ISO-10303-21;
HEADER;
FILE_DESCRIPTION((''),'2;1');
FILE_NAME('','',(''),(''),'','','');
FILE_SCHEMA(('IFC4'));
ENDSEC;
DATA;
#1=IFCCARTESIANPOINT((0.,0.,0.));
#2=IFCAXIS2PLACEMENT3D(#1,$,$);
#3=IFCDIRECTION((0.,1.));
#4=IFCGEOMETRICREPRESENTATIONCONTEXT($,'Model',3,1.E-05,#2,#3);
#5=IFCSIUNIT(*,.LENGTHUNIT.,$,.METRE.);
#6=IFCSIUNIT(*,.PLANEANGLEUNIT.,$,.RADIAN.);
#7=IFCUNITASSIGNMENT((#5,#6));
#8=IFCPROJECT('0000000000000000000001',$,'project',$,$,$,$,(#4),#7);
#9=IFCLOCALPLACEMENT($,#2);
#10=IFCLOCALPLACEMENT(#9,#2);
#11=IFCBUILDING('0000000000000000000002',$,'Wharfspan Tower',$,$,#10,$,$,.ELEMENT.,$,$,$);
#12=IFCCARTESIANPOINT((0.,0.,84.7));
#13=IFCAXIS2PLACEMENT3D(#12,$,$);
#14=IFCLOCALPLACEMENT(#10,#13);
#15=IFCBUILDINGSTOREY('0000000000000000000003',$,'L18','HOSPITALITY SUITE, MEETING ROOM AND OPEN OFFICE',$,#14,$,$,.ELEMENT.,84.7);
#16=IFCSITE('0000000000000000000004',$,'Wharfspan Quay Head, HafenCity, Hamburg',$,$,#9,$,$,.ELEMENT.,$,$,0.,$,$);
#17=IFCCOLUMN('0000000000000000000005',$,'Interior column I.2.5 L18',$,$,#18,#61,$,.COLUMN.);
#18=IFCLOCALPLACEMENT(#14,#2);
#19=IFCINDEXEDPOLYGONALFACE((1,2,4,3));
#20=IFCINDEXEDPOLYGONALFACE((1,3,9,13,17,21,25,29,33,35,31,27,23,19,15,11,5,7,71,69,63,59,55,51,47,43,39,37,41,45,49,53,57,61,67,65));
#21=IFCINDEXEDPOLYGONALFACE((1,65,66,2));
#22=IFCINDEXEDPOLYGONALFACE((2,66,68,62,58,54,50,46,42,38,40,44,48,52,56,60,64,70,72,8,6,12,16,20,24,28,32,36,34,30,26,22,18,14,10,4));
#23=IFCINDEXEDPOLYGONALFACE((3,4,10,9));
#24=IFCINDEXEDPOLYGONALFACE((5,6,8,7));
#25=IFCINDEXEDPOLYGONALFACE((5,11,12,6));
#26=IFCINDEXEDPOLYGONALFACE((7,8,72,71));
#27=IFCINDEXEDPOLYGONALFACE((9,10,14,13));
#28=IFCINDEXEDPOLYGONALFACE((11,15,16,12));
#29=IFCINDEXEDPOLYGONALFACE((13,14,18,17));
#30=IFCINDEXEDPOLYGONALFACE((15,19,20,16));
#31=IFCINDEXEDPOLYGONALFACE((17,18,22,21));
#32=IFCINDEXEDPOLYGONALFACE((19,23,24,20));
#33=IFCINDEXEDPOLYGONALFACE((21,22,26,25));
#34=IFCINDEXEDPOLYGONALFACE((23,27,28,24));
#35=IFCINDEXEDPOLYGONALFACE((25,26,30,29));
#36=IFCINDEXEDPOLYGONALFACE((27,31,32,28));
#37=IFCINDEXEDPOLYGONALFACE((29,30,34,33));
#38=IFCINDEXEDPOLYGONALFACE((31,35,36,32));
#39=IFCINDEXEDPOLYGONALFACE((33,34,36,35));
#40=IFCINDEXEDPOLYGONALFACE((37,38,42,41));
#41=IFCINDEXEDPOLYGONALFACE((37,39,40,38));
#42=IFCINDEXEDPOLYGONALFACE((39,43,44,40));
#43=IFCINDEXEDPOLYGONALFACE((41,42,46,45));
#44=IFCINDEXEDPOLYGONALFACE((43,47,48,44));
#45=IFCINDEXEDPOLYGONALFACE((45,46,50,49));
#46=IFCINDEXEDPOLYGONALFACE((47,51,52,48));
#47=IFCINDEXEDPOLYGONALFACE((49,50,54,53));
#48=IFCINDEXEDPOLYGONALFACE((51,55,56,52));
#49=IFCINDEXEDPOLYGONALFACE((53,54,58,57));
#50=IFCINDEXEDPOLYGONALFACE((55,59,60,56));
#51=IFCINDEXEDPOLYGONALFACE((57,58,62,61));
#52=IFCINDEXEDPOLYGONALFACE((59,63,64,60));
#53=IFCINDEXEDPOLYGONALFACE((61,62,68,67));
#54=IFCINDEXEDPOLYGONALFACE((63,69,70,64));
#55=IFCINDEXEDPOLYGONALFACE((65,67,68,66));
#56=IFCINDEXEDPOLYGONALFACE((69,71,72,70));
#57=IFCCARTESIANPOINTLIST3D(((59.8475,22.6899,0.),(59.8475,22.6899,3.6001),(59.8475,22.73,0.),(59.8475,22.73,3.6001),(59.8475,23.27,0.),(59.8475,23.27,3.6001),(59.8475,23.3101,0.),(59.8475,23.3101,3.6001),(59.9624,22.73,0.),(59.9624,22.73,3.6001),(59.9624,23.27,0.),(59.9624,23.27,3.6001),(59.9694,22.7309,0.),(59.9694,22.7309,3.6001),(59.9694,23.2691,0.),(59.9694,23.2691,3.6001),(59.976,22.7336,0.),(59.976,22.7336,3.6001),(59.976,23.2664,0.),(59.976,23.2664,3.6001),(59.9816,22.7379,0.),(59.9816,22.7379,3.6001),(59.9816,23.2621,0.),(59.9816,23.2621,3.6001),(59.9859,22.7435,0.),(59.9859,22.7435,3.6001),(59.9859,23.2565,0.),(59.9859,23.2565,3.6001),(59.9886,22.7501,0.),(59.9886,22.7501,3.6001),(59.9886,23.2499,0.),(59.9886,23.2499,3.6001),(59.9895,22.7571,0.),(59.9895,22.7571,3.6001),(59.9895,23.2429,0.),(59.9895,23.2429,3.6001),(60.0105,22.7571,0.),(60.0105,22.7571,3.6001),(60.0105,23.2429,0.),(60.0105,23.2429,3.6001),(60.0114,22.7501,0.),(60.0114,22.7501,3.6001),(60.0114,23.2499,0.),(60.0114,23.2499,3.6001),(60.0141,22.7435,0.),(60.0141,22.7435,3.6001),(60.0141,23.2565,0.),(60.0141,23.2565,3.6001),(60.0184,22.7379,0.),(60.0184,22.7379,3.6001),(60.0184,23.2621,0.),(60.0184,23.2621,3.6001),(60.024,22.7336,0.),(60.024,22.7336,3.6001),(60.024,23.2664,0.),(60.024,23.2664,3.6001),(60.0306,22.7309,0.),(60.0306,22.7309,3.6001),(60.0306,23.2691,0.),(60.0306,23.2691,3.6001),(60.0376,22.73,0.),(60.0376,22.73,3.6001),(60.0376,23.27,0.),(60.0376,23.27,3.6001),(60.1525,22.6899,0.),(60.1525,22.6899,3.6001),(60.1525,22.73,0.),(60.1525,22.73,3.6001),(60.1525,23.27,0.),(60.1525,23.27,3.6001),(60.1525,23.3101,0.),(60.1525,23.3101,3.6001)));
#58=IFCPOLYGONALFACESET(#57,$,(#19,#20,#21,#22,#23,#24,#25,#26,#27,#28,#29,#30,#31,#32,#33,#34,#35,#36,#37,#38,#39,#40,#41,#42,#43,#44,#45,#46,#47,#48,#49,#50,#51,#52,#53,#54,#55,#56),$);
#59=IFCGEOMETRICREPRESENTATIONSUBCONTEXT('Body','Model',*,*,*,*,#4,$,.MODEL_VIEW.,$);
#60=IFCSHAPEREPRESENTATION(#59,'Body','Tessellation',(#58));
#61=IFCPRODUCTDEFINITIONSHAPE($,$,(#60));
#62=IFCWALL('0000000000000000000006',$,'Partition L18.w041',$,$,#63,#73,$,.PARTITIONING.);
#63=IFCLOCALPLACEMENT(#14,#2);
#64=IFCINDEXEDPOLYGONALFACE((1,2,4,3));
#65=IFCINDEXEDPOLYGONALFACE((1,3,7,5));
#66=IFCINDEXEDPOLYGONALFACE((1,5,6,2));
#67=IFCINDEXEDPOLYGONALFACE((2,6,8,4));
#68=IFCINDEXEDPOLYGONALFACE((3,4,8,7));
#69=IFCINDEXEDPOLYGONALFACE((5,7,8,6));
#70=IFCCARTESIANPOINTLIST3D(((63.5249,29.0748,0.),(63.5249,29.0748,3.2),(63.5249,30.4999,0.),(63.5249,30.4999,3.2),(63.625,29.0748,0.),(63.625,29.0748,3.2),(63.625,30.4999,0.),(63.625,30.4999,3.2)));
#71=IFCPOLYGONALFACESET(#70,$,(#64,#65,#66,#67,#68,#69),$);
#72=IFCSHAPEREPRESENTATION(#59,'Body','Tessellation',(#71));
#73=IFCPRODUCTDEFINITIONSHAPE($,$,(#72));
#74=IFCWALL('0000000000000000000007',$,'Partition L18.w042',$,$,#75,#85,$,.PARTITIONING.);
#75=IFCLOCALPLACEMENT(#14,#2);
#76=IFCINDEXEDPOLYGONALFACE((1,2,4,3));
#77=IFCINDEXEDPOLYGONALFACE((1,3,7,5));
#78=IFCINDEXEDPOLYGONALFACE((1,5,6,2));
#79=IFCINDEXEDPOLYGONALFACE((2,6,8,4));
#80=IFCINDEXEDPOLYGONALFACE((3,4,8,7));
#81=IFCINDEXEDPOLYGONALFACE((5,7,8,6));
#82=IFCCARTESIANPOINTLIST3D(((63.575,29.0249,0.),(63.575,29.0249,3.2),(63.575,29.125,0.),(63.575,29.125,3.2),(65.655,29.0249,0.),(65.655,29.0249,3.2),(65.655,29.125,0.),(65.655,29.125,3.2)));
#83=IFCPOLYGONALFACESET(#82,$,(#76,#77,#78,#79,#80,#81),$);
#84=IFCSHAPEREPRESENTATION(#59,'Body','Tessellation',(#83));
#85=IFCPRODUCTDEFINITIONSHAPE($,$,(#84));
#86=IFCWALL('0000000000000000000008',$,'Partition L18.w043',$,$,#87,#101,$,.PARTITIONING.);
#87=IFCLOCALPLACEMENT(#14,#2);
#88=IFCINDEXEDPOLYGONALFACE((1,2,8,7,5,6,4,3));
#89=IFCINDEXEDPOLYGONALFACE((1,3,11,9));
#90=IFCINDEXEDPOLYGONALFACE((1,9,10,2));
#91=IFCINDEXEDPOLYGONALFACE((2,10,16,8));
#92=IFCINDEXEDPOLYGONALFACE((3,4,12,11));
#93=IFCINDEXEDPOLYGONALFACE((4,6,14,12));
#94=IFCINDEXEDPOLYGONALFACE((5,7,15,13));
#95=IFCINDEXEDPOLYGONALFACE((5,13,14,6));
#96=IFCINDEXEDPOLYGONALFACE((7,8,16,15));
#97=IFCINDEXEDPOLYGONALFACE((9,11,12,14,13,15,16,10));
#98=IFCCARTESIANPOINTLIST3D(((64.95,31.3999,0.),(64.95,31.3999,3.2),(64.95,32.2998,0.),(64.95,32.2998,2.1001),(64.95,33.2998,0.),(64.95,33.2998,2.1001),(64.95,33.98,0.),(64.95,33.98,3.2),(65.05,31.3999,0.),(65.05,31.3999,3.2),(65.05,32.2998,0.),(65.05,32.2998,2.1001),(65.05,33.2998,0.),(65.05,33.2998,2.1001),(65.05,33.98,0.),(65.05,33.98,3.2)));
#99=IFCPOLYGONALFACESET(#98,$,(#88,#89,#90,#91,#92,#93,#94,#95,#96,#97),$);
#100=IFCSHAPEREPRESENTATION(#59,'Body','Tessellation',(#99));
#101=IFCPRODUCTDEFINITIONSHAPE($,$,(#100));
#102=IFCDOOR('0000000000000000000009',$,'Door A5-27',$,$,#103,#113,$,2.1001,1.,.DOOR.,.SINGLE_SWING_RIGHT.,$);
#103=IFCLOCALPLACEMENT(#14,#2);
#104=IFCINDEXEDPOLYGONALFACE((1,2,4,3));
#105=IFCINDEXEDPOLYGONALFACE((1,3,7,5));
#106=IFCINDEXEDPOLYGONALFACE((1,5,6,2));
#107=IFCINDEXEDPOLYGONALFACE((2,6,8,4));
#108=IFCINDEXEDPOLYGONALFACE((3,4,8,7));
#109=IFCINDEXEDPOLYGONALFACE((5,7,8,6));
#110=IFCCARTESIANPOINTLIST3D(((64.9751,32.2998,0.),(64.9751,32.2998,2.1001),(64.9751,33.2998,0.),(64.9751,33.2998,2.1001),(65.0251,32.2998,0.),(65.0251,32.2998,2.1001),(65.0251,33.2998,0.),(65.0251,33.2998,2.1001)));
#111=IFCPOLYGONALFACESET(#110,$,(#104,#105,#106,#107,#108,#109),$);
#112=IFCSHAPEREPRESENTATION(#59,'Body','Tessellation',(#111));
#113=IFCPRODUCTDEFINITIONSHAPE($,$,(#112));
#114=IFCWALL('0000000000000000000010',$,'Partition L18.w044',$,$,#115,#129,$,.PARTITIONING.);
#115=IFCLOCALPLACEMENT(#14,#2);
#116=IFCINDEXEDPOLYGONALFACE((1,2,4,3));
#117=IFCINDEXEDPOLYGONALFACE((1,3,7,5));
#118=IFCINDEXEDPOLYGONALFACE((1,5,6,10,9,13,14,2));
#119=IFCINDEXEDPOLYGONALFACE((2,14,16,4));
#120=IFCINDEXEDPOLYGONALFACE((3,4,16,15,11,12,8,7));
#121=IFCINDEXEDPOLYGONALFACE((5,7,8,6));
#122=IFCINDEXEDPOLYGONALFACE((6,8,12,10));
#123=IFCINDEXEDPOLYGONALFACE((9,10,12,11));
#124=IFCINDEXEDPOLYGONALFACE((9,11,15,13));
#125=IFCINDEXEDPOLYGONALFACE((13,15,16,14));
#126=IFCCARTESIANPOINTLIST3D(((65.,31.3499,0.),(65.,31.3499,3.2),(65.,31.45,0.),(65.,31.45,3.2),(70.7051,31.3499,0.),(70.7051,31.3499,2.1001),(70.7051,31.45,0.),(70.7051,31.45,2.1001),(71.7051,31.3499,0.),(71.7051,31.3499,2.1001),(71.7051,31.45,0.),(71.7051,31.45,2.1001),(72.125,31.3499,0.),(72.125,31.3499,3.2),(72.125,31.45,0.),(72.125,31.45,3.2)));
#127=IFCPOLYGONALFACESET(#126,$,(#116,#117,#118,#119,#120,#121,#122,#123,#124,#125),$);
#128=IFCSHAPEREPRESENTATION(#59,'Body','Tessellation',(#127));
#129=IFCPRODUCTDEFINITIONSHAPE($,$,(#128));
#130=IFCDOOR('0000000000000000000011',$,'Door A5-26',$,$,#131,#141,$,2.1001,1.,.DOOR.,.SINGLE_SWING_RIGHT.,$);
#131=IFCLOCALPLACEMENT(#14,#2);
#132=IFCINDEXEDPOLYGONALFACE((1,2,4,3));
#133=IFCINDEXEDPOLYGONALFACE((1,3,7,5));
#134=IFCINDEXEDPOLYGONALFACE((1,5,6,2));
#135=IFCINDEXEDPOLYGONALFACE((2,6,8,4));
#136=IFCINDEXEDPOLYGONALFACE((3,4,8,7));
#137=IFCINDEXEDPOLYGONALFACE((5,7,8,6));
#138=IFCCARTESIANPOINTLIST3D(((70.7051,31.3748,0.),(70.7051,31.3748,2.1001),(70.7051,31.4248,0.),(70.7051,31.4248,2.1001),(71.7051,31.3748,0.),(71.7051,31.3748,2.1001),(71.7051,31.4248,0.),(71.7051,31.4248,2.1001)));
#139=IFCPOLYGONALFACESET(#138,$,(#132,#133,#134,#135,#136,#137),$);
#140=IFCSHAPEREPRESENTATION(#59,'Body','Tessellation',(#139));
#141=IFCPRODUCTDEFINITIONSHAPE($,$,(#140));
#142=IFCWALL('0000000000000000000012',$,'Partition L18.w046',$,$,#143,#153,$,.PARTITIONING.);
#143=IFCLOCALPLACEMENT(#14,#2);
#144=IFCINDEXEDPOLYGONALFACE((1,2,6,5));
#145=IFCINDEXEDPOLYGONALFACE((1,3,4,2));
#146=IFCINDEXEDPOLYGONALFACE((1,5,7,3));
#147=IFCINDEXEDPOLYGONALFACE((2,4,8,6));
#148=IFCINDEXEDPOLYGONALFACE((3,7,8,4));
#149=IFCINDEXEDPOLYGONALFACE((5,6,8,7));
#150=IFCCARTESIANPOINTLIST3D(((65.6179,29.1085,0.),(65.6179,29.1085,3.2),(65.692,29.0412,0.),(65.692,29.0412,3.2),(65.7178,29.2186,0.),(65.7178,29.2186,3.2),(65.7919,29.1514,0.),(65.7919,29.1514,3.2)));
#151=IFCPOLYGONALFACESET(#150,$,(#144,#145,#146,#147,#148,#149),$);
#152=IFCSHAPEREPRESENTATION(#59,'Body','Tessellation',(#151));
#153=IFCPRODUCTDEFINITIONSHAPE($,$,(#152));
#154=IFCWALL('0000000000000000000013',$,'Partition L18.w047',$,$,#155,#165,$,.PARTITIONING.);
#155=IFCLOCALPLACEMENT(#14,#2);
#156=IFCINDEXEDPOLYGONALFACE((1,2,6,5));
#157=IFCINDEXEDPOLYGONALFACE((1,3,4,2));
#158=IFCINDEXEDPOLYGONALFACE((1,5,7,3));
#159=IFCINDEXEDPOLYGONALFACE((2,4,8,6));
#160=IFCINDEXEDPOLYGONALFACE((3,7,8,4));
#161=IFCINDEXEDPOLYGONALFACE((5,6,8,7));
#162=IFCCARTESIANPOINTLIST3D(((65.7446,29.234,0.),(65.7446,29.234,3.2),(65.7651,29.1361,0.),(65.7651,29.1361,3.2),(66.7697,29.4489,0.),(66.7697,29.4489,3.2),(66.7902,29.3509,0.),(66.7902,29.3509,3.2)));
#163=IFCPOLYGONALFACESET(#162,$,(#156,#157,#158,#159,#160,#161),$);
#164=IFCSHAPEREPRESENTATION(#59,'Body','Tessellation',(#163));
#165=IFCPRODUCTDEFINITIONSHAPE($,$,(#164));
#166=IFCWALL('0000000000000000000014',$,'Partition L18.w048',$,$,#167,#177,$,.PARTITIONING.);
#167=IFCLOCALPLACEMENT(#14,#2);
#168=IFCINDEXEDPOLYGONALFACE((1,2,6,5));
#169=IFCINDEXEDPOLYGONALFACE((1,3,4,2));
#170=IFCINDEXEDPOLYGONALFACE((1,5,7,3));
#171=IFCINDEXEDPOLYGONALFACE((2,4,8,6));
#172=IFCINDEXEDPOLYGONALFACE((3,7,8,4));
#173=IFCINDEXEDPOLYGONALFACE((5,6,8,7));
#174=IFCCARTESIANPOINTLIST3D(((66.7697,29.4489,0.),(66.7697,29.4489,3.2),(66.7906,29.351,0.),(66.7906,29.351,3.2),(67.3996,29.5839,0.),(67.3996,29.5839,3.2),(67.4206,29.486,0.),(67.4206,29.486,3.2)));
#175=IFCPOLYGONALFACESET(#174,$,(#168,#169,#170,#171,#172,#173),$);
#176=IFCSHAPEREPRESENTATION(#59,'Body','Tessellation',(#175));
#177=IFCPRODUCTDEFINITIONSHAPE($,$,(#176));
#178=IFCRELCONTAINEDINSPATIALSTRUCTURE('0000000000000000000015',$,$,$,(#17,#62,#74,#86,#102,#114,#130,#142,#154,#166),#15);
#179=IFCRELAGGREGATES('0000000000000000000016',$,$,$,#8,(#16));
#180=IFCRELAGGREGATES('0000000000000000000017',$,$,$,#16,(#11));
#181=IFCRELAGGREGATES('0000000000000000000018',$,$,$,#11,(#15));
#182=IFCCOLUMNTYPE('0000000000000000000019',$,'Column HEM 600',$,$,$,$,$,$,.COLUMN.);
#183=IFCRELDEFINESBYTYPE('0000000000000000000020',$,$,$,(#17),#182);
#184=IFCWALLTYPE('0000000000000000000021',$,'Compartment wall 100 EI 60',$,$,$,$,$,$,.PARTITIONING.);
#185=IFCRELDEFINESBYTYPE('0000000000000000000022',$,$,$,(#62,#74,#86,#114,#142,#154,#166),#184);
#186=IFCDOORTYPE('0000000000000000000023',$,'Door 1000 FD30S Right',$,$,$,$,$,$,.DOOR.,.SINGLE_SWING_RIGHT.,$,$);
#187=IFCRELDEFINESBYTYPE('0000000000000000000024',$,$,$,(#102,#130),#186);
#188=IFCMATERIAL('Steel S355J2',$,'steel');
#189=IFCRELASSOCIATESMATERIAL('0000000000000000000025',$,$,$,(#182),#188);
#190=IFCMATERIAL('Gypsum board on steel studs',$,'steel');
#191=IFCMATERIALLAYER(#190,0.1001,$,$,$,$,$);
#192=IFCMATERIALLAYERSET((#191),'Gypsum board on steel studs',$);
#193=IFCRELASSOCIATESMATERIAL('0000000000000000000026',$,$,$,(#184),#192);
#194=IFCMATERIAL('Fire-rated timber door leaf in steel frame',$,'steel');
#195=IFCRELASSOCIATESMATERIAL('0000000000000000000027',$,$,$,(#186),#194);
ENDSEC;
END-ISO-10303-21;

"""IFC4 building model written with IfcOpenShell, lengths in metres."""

from ifc_helpers import new_model, si_unit, direction, frame, frame_2d, origin, origin_2d, place, context, subcontext, project, spatial, rectangle, i_section, extrude, material, layer, layer_set, material_profile, profile_set, type_object, element, fill, save


model = new_model("IFC4")

# Units and contexts
model_context = context("Model", 3, precision=1e-05, world=origin(), true_north=direction((0.0, 1.0)))
body_context = subcontext(model_context, "Body", "Model", "MODEL_VIEW")
ifc_project = project(units=[si_unit("LENGTHUNIT", "METRE"), si_unit("PLANEANGLEUNIT", "RADIAN")], contexts=[model_context])

# Site, building, storey
site_placement = place(None, origin())
site = spatial("IfcSite", under=ifc_project, at=site_placement, Name="Wharfspan Quay Head, HafenCity, Hamburg", CompositionType="ELEMENT", RefElevation=0.0)
building_placement = place(site_placement, origin())
building = spatial("IfcBuilding", under=site, at=building_placement, Name="Wharfspan Tower", CompositionType="ELEMENT")
storey_placement = place(building_placement, frame((0.0, 0.0, 84.7)))
storey = spatial("IfcBuildingStorey", under=building, at=storey_placement, Name="L18", Description="HOSPITALITY SUITE, MEETING ROOM AND OPEN OFFICE", CompositionType="ELEMENT", Elevation=84.7)

# Column
ifc_material_1 = material(Name="Steel S355J2", Category="steel")
ifc_material_profile = material_profile(ifc_material_1, i_section(OverallWidth=0.3049, OverallDepth=0.6201, WebThickness=0.021, FlangeThickness=0.04, FilletRadius=0.0271, at=origin_2d()))
ifc_profile_set = profile_set([ifc_material_profile], Name="Steel S355J2")
column_type = type_object("IfcColumnType", Name="Column HEM 600", PredefinedType="COLUMN", material=ifc_profile_set)
column_placement = place(storey_placement, frame((60.0, 23.0, 0.0), z_axis=(0.0, 0.0, 1.0), x_axis=(1.0, 0.0, 0.0)))
element("IfcColumn", 1, at=column_placement, inside=storey, type_object=column_type, Name="Interior column I.2.5 L18", PredefinedType="COLUMN", context=body_context, shape_type="SweptSolid", body=[
    extrude(i_section(OverallWidth=0.3049, OverallDepth=0.6201, WebThickness=0.021, FlangeThickness=0.04, FilletRadius=0.0271, at=origin_2d()), origin(), (0.0, 0.0, 1.0), 3.6001),
])

# Walls
ifc_material_2 = material(Name="Gypsum board on steel studs", Category="steel")
ifc_layer_1 = layer(ifc_material_2, 0.1001)
ifc_layer_set_1 = layer_set([ifc_layer_1], Name="Gypsum board on steel studs")
wall_type_1 = type_object("IfcWallType", Name="Compartment wall 100 EI 60", PredefinedType="PARTITIONING", material=ifc_layer_set_1)
wall_1_placement = place(storey_placement, frame((63.575, 29.075, 0.0), z_axis=(0.0, 0.0, 1.0), x_axis=(0.0, 1.0, 0.0)))
element("IfcWall", 2, at=wall_1_placement, inside=storey, type_object=wall_type_1, Name="Partition L18.w041", PredefinedType="PARTITIONING", context=body_context, shape_type="SweptSolid", body=[
    extrude(rectangle(XDim=1.425, YDim=0.1001, at=frame_2d((0.7124, 0.0))), origin(), (0.0, 0.0, 1.0), 3.2),
])
wall_2_placement = place(storey_placement, frame((63.575, 29.075, 0.0), z_axis=(0.0, 0.0, 1.0), x_axis=(1.0, 0.0, 0.0)))
element("IfcWall", 3, at=wall_2_placement, inside=storey, type_object=wall_type_1, Name="Partition L18.w042", PredefinedType="PARTITIONING", context=body_context, shape_type="SweptSolid", body=[
    extrude(rectangle(XDim=2.0801, YDim=0.1001, at=frame_2d((1.04, 0.0))), origin(), (0.0, 0.0, 1.0), 3.2),
])

# Walls, openings, doors
wall_3_placement = place(storey_placement, frame((65.0, 31.3999, 0.0), z_axis=(0.0, 0.0, 1.0), x_axis=(0.0, 1.0, 0.0)))
wall_3 = element("IfcWall", 4, at=wall_3_placement, inside=storey, type_object=wall_type_1, Name="Partition L18.w043", PredefinedType="PARTITIONING", context=body_context, shape_type="SweptSolid", body=[
    extrude(rectangle(XDim=2.5801, YDim=0.1001, at=frame_2d((1.29, 0.0))), origin(), (0.0, 0.0, 1.0), 3.2),
])
opening_1_placement = place(wall_3_placement, frame((0.8999, 0.0, 0.0)))
opening_1 = element("IfcOpeningElement", 5, at=opening_1_placement, cuts=wall_3, PredefinedType="OPENING", context=body_context, shape_type="SweptSolid", body=[
    extrude(rectangle(XDim=1.0, YDim=2.1001, at=frame_2d((0.5, 1.05))), frame((0.0, 0.0601, 0.0), z_axis=(0.0, -1.0, 0.0), x_axis=(1.0, 0.0, 0.0)), (0.0, 0.0, 1.0), 0.1201),
])
ifc_material_3 = material(Name="Fire-rated timber door leaf in steel frame", Category="steel")
door_type_1 = type_object("IfcDoorType", Name="Door 1000 FD30S Right", OperationType="SINGLE_SWING_RIGHT", PredefinedType="DOOR", material=ifc_material_3)
door_1_placement = place(opening_1_placement, origin())
door_1 = element("IfcDoor", 6, at=door_1_placement, inside=storey, type_object=door_type_1, Name="Door A5-27", OperationType="SINGLE_SWING_RIGHT", OverallHeight=2.1001, OverallWidth=1.0, PredefinedType="DOOR", context=body_context, shape_type="SweptSolid", body=[
    extrude(rectangle(XDim=1.0, YDim=2.1001, at=frame_2d((0.5, 1.05))), frame((0.0, 0.0249, 0.0), z_axis=(0.0, -1.0, 0.0), x_axis=(1.0, 0.0, 0.0)), (0.0, 0.0, 1.0), 0.05),
])
fill(opening_1, door_1)
wall_4_placement = place(storey_placement, frame((65.0, 31.3999, 0.0), z_axis=(0.0, 0.0, 1.0), x_axis=(1.0, 0.0, 0.0)))
wall_4 = element("IfcWall", 7, at=wall_4_placement, inside=storey, type_object=wall_type_1, Name="Partition L18.w044", PredefinedType="PARTITIONING", context=body_context, shape_type="SweptSolid", body=[
    extrude(rectangle(XDim=7.125, YDim=0.1001, at=frame_2d((3.5625, 0.0))), origin(), (0.0, 0.0, 1.0), 3.2),
])
opening_2_placement = place(wall_4_placement, frame((5.7051, 0.0, 0.0)))
opening_2 = element("IfcOpeningElement", 8, at=opening_2_placement, cuts=wall_4, PredefinedType="OPENING", context=body_context, shape_type="SweptSolid", body=[
    extrude(rectangle(XDim=1.0, YDim=2.1001, at=frame_2d((0.5, 1.05))), frame((0.0, 0.0601, 0.0), z_axis=(0.0, -1.0, 0.0), x_axis=(1.0, 0.0, 0.0)), (0.0, 0.0, 1.0), 0.1201),
])
door_2_placement = place(opening_2_placement, origin())
door_2 = element("IfcDoor", 9, at=door_2_placement, inside=storey, type_object=door_type_1, Name="Door A5-26", OperationType="SINGLE_SWING_RIGHT", OverallHeight=2.1001, OverallWidth=1.0, PredefinedType="DOOR", context=body_context, shape_type="SweptSolid", body=[
    extrude(rectangle(XDim=1.0, YDim=2.1001, at=frame_2d((0.5, 1.05))), frame((0.0, 0.0249, 0.0), z_axis=(0.0, -1.0, 0.0), x_axis=(1.0, 0.0, 0.0)), (0.0, 0.0, 1.0), 0.05),
])
fill(opening_2, door_2)

# Walls
wall_5_placement = place(storey_placement, frame((65.655, 29.075, 0.0), z_axis=(0.0, 0.0, 1.0), x_axis=(0.671773, 0.740757, 0.0)))
element("IfcWall", 10, at=wall_5_placement, inside=storey, type_object=wall_type_1, Name="Partition L18.w046", PredefinedType="PARTITIONING", context=body_context, shape_type="SweptSolid", body=[
    extrude(rectangle(XDim=0.1487, YDim=0.1001, at=frame_2d((0.0742, 0.0))), origin(), (0.0, 0.0, 1.0), 3.2),
])
wall_6_placement = place(storey_placement, frame((65.7549, 29.1851, 0.0), z_axis=(0.0, 0.0, 1.0), x_axis=(0.978739, 0.205118, 0.0)))
element("IfcWall", 11, at=wall_6_placement, inside=storey, type_object=wall_type_1, Name="Partition L18.w047", PredefinedType="PARTITIONING", context=body_context, shape_type="SweptSolid", body=[
    extrude(rectangle(XDim=1.0474, YDim=0.1001, at=frame_2d((0.5237, 0.0))), origin(), (0.0, 0.0, 1.0), 3.2),
])
wall_7_placement = place(storey_placement, frame((66.78, 29.3999, 0.0), z_axis=(0.0, 0.0, 1.0), x_axis=(0.977792, 0.209581, 0.0)))
element("IfcWall", 12, at=wall_7_placement, inside=storey, type_object=wall_type_1, Name="Partition L18.w048", PredefinedType="PARTITIONING", context=body_context, shape_type="SweptSolid", body=[
    extrude(rectangle(XDim=0.6443, YDim=0.1001, at=frame_2d((0.3223, 0.0))), origin(), (0.0, 0.0, 1.0), 3.2),
])

save(model, "model.ifc")
